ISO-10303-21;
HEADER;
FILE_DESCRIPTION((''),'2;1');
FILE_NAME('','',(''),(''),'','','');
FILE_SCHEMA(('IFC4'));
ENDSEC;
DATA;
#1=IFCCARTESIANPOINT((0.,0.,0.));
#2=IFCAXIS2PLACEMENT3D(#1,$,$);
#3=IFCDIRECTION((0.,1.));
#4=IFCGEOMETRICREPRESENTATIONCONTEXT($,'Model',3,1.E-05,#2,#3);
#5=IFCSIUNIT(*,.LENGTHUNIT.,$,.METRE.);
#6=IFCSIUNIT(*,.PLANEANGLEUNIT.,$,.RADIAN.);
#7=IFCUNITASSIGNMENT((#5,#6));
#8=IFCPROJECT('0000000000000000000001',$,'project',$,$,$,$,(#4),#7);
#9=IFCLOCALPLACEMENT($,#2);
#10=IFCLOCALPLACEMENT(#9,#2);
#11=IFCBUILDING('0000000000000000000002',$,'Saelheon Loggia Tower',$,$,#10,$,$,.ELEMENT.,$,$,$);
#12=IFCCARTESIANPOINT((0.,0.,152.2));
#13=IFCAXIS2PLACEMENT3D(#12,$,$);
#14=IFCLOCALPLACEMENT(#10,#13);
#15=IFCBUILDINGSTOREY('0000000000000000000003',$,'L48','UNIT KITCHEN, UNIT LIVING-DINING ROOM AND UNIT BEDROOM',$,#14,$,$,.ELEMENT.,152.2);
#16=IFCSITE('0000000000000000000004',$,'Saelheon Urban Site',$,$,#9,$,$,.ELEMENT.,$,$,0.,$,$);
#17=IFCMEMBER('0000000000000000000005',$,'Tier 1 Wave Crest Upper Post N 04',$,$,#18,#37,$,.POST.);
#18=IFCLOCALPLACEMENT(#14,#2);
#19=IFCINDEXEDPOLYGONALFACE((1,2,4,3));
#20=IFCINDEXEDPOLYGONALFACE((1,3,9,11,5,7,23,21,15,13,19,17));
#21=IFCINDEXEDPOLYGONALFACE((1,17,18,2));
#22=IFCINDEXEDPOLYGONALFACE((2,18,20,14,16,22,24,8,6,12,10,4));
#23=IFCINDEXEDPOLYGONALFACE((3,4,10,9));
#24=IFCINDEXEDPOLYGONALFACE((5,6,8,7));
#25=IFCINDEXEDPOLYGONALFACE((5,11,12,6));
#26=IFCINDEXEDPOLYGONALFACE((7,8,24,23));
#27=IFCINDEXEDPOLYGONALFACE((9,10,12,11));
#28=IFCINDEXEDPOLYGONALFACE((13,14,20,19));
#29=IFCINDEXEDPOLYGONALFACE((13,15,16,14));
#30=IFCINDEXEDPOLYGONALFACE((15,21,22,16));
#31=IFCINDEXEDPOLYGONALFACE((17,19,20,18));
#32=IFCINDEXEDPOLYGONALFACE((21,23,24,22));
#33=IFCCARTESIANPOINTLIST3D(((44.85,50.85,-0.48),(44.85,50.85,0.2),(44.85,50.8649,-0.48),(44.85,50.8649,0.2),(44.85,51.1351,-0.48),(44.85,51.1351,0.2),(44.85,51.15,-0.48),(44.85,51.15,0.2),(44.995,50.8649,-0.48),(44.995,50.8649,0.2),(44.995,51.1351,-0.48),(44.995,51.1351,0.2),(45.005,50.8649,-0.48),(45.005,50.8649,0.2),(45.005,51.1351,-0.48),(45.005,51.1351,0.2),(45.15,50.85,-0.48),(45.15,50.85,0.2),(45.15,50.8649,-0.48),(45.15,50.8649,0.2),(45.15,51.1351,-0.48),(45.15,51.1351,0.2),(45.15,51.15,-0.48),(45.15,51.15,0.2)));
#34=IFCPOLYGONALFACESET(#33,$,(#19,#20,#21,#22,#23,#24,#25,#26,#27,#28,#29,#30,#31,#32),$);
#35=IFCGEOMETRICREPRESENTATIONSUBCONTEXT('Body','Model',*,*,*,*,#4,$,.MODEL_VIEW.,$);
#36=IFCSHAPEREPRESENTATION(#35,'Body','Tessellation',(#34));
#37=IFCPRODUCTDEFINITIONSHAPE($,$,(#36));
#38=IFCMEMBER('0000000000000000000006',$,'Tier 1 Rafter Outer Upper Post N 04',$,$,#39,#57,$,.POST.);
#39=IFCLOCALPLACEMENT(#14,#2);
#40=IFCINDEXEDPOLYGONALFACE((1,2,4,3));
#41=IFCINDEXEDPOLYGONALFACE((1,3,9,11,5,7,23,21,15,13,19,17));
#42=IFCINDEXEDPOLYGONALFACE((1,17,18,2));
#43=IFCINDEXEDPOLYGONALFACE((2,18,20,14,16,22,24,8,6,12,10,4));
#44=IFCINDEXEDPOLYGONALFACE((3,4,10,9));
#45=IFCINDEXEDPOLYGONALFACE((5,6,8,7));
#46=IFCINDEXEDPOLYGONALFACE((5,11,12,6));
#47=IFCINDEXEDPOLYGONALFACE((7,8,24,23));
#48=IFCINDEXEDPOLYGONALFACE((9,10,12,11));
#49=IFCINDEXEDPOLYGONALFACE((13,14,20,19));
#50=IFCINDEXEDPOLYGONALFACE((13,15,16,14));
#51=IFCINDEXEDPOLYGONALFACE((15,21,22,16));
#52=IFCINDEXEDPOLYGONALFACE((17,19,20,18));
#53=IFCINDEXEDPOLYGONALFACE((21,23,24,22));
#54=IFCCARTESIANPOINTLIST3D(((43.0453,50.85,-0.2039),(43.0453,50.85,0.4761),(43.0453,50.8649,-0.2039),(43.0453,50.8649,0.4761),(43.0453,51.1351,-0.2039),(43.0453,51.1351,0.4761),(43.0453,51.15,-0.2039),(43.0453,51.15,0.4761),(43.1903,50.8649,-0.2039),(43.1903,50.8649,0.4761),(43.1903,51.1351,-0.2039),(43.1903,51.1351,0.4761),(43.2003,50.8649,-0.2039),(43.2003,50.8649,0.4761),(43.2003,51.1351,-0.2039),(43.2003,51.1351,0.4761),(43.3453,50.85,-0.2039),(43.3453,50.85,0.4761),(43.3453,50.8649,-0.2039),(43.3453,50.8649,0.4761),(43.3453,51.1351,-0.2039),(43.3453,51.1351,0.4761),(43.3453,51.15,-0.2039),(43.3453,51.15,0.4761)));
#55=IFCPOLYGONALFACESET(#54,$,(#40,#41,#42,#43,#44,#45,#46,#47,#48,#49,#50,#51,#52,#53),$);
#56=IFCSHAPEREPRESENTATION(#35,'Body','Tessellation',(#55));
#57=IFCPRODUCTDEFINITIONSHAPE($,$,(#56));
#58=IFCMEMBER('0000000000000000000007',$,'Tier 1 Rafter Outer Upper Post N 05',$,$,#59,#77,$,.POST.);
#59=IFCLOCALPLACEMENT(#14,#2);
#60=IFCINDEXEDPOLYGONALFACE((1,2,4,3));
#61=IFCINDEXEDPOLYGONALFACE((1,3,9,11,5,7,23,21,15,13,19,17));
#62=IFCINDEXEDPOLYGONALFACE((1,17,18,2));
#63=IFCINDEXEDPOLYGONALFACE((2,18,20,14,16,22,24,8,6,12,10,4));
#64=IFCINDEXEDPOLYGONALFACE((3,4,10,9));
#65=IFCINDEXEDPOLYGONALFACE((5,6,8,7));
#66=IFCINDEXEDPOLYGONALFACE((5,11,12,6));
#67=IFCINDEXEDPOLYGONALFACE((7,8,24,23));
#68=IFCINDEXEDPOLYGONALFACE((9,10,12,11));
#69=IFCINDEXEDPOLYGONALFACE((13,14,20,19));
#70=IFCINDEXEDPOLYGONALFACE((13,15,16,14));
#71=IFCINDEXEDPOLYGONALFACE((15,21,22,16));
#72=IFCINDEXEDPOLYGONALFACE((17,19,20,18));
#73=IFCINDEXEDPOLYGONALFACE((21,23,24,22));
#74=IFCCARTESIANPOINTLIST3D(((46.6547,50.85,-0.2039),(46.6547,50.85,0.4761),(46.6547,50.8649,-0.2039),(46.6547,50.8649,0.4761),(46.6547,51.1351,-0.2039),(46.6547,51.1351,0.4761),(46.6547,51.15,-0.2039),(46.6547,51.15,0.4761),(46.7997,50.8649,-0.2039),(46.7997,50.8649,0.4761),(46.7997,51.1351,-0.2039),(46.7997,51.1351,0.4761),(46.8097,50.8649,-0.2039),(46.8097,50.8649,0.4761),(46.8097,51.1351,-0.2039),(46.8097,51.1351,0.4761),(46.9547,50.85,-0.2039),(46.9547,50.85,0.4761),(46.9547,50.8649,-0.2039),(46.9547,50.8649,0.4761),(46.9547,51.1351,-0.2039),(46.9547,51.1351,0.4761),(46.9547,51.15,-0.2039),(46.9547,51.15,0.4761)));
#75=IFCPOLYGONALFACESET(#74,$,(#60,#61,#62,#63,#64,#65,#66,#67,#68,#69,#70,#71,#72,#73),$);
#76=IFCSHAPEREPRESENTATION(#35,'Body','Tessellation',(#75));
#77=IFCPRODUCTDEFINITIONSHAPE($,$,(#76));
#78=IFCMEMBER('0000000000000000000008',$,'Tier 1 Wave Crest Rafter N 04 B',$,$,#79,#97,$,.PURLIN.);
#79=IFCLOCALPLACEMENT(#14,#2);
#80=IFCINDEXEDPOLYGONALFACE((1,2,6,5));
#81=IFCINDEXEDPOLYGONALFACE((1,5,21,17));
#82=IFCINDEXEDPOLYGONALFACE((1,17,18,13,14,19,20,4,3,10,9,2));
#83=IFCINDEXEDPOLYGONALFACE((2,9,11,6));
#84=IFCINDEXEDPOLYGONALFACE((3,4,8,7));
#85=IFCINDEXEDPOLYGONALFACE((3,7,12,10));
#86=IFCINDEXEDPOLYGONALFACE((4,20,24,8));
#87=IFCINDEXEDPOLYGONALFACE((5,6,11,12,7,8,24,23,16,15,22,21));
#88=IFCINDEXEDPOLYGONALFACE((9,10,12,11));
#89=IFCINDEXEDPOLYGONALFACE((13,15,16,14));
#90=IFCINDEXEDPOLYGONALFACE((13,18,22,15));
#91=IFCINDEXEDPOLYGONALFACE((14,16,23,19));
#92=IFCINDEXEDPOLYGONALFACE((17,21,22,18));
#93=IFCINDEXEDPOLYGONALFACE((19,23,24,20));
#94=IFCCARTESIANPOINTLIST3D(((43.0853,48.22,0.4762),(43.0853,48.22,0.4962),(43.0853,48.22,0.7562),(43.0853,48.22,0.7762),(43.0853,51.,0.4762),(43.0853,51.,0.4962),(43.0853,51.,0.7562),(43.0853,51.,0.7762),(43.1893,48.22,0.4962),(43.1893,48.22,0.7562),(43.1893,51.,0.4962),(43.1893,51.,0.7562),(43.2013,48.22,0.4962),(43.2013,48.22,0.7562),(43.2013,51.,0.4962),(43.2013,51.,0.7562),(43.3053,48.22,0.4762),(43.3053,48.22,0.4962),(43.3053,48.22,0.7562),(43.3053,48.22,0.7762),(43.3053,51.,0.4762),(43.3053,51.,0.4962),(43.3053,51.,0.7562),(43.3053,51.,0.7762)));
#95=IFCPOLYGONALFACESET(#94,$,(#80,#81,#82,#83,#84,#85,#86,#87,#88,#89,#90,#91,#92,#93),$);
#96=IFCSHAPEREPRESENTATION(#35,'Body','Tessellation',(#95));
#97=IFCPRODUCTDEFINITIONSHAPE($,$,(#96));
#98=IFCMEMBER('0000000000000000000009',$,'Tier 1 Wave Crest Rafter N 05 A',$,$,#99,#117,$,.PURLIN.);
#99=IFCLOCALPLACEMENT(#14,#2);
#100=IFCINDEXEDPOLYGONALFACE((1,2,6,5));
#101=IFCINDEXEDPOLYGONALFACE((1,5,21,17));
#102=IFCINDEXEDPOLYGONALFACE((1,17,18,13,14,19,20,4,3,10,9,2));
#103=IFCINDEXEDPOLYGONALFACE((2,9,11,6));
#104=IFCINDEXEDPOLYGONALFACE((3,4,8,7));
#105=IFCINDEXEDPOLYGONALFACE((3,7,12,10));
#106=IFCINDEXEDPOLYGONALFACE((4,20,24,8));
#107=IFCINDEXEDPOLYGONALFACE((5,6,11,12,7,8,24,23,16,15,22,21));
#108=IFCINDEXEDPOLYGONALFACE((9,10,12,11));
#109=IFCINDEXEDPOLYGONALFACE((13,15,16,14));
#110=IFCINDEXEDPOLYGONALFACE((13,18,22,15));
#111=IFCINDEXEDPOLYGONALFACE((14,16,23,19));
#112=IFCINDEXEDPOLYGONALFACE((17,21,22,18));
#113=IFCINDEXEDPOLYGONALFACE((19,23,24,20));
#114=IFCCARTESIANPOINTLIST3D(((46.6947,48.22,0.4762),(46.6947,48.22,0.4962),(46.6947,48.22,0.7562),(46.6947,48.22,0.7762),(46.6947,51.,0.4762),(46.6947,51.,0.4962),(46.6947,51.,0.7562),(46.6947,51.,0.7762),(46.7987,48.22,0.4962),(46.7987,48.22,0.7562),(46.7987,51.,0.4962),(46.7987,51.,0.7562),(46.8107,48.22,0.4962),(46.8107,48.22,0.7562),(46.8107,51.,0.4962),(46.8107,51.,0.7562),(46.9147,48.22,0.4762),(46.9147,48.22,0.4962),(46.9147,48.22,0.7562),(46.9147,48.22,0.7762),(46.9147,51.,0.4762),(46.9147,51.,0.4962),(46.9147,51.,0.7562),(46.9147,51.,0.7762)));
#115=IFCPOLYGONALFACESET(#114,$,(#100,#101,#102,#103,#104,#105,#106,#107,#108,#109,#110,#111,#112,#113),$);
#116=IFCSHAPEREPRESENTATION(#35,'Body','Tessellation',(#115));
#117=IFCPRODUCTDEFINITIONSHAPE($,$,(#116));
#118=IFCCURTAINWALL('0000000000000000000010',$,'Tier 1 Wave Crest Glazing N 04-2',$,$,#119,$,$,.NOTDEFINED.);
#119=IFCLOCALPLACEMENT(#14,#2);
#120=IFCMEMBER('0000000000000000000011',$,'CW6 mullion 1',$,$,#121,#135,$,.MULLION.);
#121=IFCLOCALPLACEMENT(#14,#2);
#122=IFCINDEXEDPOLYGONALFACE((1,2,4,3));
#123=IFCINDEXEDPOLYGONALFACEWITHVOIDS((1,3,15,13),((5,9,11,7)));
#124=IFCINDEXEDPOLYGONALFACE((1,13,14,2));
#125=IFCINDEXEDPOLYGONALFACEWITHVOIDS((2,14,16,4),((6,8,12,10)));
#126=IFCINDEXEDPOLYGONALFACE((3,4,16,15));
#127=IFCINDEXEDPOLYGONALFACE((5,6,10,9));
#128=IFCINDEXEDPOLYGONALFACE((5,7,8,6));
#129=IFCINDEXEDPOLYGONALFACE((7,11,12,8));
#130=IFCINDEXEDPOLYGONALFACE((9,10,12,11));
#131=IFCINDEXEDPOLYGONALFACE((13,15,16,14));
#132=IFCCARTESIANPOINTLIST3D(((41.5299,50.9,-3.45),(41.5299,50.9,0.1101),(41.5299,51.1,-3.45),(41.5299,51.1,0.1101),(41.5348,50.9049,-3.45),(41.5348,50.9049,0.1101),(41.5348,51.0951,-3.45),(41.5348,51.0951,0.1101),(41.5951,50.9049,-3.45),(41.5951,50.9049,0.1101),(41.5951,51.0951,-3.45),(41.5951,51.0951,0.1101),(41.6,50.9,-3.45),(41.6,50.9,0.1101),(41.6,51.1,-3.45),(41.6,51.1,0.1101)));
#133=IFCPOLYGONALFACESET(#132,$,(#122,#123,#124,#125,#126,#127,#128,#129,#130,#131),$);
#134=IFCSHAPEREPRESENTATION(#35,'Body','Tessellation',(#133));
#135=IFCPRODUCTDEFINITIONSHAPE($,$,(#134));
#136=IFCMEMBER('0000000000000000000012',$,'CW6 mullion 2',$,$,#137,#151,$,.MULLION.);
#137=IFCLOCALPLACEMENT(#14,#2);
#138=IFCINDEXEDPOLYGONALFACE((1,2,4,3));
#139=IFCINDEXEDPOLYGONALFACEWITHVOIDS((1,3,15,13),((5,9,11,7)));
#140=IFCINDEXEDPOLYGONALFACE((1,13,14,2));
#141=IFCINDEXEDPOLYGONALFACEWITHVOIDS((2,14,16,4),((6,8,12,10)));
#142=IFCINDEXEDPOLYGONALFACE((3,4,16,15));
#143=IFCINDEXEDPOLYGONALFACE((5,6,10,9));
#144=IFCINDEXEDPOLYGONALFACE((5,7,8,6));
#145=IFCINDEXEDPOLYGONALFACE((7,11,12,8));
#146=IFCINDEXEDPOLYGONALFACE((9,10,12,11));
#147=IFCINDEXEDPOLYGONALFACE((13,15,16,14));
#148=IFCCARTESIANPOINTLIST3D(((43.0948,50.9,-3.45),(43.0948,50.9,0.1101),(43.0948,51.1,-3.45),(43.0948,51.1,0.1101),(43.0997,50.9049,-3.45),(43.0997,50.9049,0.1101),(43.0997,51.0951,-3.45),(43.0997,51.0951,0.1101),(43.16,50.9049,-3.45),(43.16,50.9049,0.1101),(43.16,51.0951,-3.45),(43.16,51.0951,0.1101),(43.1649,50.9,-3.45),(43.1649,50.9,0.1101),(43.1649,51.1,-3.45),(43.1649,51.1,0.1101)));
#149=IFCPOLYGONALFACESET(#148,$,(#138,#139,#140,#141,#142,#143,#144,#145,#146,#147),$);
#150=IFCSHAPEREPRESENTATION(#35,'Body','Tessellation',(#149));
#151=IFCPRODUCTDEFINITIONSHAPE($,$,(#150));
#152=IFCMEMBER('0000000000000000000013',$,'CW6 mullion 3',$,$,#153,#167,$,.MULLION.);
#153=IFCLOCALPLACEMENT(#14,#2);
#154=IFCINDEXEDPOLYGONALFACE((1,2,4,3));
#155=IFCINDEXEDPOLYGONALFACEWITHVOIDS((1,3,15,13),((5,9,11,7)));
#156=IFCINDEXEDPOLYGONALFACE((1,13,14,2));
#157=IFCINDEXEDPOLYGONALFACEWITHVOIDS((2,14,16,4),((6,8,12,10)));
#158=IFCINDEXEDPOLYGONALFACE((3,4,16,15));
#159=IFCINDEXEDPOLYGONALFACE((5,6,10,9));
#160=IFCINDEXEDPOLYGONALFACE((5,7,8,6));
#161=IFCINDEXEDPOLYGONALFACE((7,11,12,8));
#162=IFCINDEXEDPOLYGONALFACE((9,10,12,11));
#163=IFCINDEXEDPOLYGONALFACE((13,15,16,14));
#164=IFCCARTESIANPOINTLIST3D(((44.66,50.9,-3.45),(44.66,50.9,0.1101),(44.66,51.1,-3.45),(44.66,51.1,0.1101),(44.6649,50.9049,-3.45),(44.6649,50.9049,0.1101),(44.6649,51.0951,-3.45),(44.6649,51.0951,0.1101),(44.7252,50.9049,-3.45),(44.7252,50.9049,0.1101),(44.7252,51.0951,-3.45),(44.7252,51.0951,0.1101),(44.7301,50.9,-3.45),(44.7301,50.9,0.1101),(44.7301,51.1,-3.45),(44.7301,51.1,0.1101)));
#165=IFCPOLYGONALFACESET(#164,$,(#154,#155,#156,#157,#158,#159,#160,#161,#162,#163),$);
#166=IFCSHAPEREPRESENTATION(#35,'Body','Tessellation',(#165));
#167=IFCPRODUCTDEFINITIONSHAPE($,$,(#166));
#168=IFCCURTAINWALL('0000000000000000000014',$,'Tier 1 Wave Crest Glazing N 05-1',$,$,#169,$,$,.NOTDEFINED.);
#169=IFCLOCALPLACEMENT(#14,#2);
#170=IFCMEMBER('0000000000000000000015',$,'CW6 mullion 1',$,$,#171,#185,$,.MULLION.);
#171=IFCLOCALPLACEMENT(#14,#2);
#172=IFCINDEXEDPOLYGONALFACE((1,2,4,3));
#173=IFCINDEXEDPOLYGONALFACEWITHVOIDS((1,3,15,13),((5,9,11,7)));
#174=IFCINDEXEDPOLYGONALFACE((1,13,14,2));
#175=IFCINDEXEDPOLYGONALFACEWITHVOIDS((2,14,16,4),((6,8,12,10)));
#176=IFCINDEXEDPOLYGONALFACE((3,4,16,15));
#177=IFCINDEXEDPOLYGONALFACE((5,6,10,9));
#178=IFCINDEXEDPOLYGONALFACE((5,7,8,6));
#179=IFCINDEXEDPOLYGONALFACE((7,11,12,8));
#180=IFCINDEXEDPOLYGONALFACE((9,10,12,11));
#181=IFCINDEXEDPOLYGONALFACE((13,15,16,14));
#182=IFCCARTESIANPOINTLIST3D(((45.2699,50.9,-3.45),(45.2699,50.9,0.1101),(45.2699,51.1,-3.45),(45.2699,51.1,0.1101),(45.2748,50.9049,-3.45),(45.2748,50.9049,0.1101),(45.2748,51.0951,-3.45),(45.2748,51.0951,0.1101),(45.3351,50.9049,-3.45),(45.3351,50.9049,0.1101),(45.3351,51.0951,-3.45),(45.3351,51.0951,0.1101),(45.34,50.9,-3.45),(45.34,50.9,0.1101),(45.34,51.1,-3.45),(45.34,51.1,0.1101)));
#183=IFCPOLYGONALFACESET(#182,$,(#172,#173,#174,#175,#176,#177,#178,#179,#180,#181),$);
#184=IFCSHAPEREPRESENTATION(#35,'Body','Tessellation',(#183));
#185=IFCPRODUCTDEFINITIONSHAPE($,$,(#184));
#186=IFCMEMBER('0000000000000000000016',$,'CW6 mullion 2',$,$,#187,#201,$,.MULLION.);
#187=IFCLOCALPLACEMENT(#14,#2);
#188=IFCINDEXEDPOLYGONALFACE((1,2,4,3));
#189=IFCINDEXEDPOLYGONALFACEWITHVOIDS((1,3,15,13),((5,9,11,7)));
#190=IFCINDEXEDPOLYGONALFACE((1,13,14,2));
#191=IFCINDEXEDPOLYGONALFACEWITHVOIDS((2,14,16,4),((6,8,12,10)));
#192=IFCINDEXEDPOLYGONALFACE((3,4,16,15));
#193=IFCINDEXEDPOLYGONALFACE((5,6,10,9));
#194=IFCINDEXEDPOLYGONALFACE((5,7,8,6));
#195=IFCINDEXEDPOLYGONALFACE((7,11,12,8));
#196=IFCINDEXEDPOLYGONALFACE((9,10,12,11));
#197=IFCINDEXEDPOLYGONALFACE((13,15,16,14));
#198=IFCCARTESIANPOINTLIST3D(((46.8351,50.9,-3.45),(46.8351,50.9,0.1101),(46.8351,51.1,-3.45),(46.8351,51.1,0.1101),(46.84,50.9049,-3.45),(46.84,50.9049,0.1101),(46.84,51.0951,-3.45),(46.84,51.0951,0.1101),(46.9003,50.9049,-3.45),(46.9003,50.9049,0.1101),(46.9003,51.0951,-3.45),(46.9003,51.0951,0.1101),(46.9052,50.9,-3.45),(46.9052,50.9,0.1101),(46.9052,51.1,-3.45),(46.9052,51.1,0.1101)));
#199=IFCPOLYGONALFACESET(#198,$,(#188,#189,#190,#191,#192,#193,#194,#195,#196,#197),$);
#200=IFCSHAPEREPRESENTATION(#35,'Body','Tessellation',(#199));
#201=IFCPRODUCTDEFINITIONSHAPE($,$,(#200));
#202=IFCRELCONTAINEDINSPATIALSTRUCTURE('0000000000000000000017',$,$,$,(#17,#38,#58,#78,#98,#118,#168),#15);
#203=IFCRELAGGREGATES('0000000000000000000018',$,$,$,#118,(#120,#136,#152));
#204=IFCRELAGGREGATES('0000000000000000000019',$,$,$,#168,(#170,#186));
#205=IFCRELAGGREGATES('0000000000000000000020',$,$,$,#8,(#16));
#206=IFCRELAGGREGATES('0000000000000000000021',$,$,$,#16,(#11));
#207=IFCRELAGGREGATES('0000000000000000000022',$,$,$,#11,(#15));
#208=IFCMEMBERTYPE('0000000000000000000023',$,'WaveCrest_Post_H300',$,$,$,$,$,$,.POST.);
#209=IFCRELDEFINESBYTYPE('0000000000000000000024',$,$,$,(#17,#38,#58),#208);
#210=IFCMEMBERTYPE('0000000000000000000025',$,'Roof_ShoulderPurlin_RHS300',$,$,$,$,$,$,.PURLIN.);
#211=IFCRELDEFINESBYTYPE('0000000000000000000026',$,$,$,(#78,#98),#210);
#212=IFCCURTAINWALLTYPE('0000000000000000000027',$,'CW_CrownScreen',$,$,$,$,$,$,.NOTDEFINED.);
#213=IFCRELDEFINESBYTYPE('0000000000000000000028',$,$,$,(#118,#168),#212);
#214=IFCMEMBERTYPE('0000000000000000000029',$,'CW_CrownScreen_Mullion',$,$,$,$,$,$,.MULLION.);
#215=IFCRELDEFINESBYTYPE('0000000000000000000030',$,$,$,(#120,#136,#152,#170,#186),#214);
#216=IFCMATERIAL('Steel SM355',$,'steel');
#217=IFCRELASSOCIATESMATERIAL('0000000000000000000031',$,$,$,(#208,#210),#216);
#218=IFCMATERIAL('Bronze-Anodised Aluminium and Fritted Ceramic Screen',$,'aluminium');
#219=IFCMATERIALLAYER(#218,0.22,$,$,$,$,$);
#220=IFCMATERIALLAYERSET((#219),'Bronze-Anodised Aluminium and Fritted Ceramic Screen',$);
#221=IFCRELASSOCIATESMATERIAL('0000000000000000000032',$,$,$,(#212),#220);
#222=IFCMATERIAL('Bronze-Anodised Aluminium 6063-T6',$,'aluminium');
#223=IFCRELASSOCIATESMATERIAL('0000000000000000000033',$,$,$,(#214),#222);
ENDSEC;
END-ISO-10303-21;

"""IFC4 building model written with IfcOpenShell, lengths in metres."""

from ifc_helpers import new_model, si_unit, direction, frame, origin, origin_2d, place, context, subcontext, project, spatial, hollow_rectangle, i_section, extrude, source, transform, mapped, material, layer, layer_set, material_profile, profile_set, type_object, element, aggregate, save


model = new_model("IFC4")

# Units and contexts
model_context = context("Model", 3, precision=1e-05, world=origin(), true_north=direction((0.0, 1.0)))
body_context = subcontext(model_context, "Body", "Model", "MODEL_VIEW")
ifc_project = project(units=[si_unit("LENGTHUNIT", "METRE"), si_unit("PLANEANGLEUNIT", "RADIAN")], contexts=[model_context])

# Site, building, storey
site_placement = place(None, origin())
site = spatial("IfcSite", under=ifc_project, at=site_placement, Name="Saelheon Urban Site", CompositionType="ELEMENT", RefElevation=0.0)
building_placement = place(site_placement, origin())
building = spatial("IfcBuilding", under=site, at=building_placement, Name="Saelheon Loggia Tower", CompositionType="ELEMENT")
storey_placement = place(building_placement, frame((0.0, 0.0, 152.2)))
storey = spatial("IfcBuildingStorey", under=building, at=storey_placement, Name="L48", Description="UNIT KITCHEN, UNIT LIVING-DINING ROOM AND UNIT BEDROOM", CompositionType="ELEMENT", Elevation=152.2)

# Members
ifc_material_1 = material(Name="Steel SM355", Category="steel")
ifc_material_profile_1 = material_profile(ifc_material_1, i_section(OverallWidth=0.3, OverallDepth=0.3, WebThickness=0.01, FlangeThickness=0.0149, at=origin_2d()), Name="H-300x300x10x15")
ifc_profile_set_1 = profile_set([ifc_material_profile_1], Name="Steel SM355")
member_type_1 = type_object("IfcMemberType", Name="WaveCrest_Post_H300", PredefinedType="POST", material=ifc_profile_set_1)
shared_shape_1 = source(origin(), body_context, "Body", "SweptSolid", [
    extrude(i_section(OverallWidth=0.3, OverallDepth=0.3, WebThickness=0.01, FlangeThickness=0.0149, at=origin_2d()), origin(), (0.0, 0.0, 1.0), 0.6799),
])
for number, where, z_axis, x_axis, name in (
    (1, (45.0, 51.0, -0.48), (0.0, 0.0, 1.0), (1.0, 0.0, 0.0), "Tier 1 Wave Crest Upper Post N 04"),
    (2, (43.1953, 51.0, -0.2039), (0.0, 0.0, 1.0), (1.0, 0.0, 0.0), "Tier 1 Rafter Outer Upper Post N 04"),
    (3, (46.8047, 51.0, -0.2039), (0.0, 0.0, 1.0), (1.0, 0.0, 0.0), "Tier 1 Rafter Outer Upper Post N 05"),
):
    element("IfcMember", number, at=place(storey_placement, frame(where, z_axis=z_axis, x_axis=x_axis)), inside=storey, type_object=member_type_1, Name=name, PredefinedType="POST", context=body_context, shape_type="MappedRepresentation", body=[
        mapped(shared_shape_1, transform((0.0, 0.0, 0.0), scale=1.0)),
    ])
ifc_material_profile_2 = material_profile(ifc_material_1, i_section(OverallWidth=0.22, OverallDepth=0.3, WebThickness=0.012, FlangeThickness=0.02, at=origin_2d()), Name="H-300x220x12x20")
ifc_profile_set_2 = profile_set([ifc_material_profile_2], Name="Steel SM355")
member_type_2 = type_object("IfcMemberType", Name="Roof_ShoulderPurlin_RHS300", PredefinedType="PURLIN", material=ifc_profile_set_2)
shared_shape_2 = source(origin(), body_context, "Body", "SweptSolid", [
    extrude(i_section(OverallWidth=0.22, OverallDepth=0.3, WebThickness=0.012, FlangeThickness=0.02, at=origin_2d()), origin(), (0.0, 0.0, 1.0), 2.78),
])
for number, where, z_axis, x_axis, name in (
    (4, (43.1953, 51.0, 0.6262), (0.0, -1.0, 0.0), (1.0, 0.0, 0.0), "Tier 1 Wave Crest Rafter N 04 B"),
    (5, (46.8047, 51.0, 0.6262), (0.0, -1.0, 0.0), (1.0, 0.0, 0.0), "Tier 1 Wave Crest Rafter N 05 A"),
):
    element("IfcMember", number, at=place(storey_placement, frame(where, z_axis=z_axis, x_axis=x_axis)), inside=storey, type_object=member_type_2, Name=name, PredefinedType="PURLIN", context=body_context, shape_type="MappedRepresentation", body=[
        mapped(shared_shape_2, transform((0.0, 0.0, 0.0), scale=1.0)),
    ])

# Curtain walls, members
ifc_material_2 = material(Name="Bronze-Anodised Aluminium and Fritted Ceramic Screen", Category="aluminium")
ifc_layer_1 = layer(ifc_material_2, 0.22)
ifc_layer_set_1 = layer_set([ifc_layer_1], Name="Bronze-Anodised Aluminium and Fritted Ceramic Screen")
curtain_wall_type = type_object("IfcCurtainWallType", Name="CW_CrownScreen", PredefinedType="NOTDEFINED", material=ifc_layer_set_1)
curtain_wall_1_placement = place(storey_placement, origin())
curtain_wall_1 = element("IfcCurtainWall", 6, at=curtain_wall_1_placement, inside=storey, type_object=curtain_wall_type, Name="Tier 1 Wave Crest Glazing N 04-2", PredefinedType="NOTDEFINED")
ifc_material_3 = material(Name="Bronze-Anodised Aluminium 6063-T6", Category="aluminium")
ifc_material_profile_3 = material_profile(ifc_material_3, hollow_rectangle(XDim=0.0701, YDim=0.2, WallThickness=0.0049, at=origin_2d()), Name="RHS-200x70x5")
ifc_profile_set_3 = profile_set([ifc_material_profile_3], Name="Bronze-Anodised Aluminium 6063-T6")
member_type_3 = type_object("IfcMemberType", Name="CW_CrownScreen_Mullion", PredefinedType="MULLION", material=ifc_profile_set_3)
shared_shape_3 = source(origin(), body_context, "Body", "SweptSolid", [
    extrude(hollow_rectangle(XDim=0.0701, YDim=0.2, WallThickness=0.0049, at=origin_2d()), origin(), (0.0, 0.0, 1.0), 3.5601),
])
member_1_placement = place(storey_placement, frame((41.5649, 51.0, -3.45), z_axis=(0.0, 0.0, 1.0), x_axis=(1.0, 0.0, 0.0)))
member_1 = element("IfcMember", 7, at=member_1_placement, type_object=member_type_3, Name="CW6 mullion 1", PredefinedType="MULLION", context=body_context, shape_type="MappedRepresentation", body=[
    mapped(shared_shape_3, transform((0.0, 0.0, 0.0), scale=1.0)),
])
member_2_placement = place(storey_placement, frame((43.1299, 51.0, -3.45), z_axis=(0.0, 0.0, 1.0), x_axis=(1.0, 0.0, 0.0)))
member_2 = element("IfcMember", 8, at=member_2_placement, type_object=member_type_3, Name="CW6 mullion 2", PredefinedType="MULLION", context=body_context, shape_type="MappedRepresentation", body=[
    mapped(shared_shape_3, transform((0.0, 0.0, 0.0), scale=1.0)),
])
member_3_placement = place(storey_placement, frame((44.6951, 51.0, -3.45), z_axis=(0.0, 0.0, 1.0), x_axis=(1.0, 0.0, 0.0)))
member_3 = element("IfcMember", 9, at=member_3_placement, type_object=member_type_3, Name="CW6 mullion 3", PredefinedType="MULLION", context=body_context, shape_type="MappedRepresentation", body=[
    mapped(shared_shape_3, transform((0.0, 0.0, 0.0), scale=1.0)),
])
curtain_wall_2_placement = place(storey_placement, origin())
curtain_wall_2 = element("IfcCurtainWall", 10, at=curtain_wall_2_placement, inside=storey, type_object=curtain_wall_type, Name="Tier 1 Wave Crest Glazing N 05-1", PredefinedType="NOTDEFINED")
member_4_placement = place(storey_placement, frame((45.3049, 51.0, -3.45), z_axis=(0.0, 0.0, 1.0), x_axis=(1.0, 0.0, 0.0)))
member_4 = element("IfcMember", 11, at=member_4_placement, type_object=member_type_3, Name="CW6 mullion 1", PredefinedType="MULLION", context=body_context, shape_type="MappedRepresentation", body=[
    mapped(shared_shape_3, transform((0.0, 0.0, 0.0), scale=1.0)),
])
member_5_placement = place(storey_placement, frame((46.8701, 51.0, -3.45), z_axis=(0.0, 0.0, 1.0), x_axis=(1.0, 0.0, 0.0)))
member_5 = element("IfcMember", 12, at=member_5_placement, type_object=member_type_3, Name="CW6 mullion 2", PredefinedType="MULLION", context=body_context, shape_type="MappedRepresentation", body=[
    mapped(shared_shape_3, transform((0.0, 0.0, 0.0), scale=1.0)),
])

aggregate(curtain_wall_1, [member_1, member_2, member_3])
aggregate(curtain_wall_2, [member_4, member_5])

save(model, "model.ifc")
